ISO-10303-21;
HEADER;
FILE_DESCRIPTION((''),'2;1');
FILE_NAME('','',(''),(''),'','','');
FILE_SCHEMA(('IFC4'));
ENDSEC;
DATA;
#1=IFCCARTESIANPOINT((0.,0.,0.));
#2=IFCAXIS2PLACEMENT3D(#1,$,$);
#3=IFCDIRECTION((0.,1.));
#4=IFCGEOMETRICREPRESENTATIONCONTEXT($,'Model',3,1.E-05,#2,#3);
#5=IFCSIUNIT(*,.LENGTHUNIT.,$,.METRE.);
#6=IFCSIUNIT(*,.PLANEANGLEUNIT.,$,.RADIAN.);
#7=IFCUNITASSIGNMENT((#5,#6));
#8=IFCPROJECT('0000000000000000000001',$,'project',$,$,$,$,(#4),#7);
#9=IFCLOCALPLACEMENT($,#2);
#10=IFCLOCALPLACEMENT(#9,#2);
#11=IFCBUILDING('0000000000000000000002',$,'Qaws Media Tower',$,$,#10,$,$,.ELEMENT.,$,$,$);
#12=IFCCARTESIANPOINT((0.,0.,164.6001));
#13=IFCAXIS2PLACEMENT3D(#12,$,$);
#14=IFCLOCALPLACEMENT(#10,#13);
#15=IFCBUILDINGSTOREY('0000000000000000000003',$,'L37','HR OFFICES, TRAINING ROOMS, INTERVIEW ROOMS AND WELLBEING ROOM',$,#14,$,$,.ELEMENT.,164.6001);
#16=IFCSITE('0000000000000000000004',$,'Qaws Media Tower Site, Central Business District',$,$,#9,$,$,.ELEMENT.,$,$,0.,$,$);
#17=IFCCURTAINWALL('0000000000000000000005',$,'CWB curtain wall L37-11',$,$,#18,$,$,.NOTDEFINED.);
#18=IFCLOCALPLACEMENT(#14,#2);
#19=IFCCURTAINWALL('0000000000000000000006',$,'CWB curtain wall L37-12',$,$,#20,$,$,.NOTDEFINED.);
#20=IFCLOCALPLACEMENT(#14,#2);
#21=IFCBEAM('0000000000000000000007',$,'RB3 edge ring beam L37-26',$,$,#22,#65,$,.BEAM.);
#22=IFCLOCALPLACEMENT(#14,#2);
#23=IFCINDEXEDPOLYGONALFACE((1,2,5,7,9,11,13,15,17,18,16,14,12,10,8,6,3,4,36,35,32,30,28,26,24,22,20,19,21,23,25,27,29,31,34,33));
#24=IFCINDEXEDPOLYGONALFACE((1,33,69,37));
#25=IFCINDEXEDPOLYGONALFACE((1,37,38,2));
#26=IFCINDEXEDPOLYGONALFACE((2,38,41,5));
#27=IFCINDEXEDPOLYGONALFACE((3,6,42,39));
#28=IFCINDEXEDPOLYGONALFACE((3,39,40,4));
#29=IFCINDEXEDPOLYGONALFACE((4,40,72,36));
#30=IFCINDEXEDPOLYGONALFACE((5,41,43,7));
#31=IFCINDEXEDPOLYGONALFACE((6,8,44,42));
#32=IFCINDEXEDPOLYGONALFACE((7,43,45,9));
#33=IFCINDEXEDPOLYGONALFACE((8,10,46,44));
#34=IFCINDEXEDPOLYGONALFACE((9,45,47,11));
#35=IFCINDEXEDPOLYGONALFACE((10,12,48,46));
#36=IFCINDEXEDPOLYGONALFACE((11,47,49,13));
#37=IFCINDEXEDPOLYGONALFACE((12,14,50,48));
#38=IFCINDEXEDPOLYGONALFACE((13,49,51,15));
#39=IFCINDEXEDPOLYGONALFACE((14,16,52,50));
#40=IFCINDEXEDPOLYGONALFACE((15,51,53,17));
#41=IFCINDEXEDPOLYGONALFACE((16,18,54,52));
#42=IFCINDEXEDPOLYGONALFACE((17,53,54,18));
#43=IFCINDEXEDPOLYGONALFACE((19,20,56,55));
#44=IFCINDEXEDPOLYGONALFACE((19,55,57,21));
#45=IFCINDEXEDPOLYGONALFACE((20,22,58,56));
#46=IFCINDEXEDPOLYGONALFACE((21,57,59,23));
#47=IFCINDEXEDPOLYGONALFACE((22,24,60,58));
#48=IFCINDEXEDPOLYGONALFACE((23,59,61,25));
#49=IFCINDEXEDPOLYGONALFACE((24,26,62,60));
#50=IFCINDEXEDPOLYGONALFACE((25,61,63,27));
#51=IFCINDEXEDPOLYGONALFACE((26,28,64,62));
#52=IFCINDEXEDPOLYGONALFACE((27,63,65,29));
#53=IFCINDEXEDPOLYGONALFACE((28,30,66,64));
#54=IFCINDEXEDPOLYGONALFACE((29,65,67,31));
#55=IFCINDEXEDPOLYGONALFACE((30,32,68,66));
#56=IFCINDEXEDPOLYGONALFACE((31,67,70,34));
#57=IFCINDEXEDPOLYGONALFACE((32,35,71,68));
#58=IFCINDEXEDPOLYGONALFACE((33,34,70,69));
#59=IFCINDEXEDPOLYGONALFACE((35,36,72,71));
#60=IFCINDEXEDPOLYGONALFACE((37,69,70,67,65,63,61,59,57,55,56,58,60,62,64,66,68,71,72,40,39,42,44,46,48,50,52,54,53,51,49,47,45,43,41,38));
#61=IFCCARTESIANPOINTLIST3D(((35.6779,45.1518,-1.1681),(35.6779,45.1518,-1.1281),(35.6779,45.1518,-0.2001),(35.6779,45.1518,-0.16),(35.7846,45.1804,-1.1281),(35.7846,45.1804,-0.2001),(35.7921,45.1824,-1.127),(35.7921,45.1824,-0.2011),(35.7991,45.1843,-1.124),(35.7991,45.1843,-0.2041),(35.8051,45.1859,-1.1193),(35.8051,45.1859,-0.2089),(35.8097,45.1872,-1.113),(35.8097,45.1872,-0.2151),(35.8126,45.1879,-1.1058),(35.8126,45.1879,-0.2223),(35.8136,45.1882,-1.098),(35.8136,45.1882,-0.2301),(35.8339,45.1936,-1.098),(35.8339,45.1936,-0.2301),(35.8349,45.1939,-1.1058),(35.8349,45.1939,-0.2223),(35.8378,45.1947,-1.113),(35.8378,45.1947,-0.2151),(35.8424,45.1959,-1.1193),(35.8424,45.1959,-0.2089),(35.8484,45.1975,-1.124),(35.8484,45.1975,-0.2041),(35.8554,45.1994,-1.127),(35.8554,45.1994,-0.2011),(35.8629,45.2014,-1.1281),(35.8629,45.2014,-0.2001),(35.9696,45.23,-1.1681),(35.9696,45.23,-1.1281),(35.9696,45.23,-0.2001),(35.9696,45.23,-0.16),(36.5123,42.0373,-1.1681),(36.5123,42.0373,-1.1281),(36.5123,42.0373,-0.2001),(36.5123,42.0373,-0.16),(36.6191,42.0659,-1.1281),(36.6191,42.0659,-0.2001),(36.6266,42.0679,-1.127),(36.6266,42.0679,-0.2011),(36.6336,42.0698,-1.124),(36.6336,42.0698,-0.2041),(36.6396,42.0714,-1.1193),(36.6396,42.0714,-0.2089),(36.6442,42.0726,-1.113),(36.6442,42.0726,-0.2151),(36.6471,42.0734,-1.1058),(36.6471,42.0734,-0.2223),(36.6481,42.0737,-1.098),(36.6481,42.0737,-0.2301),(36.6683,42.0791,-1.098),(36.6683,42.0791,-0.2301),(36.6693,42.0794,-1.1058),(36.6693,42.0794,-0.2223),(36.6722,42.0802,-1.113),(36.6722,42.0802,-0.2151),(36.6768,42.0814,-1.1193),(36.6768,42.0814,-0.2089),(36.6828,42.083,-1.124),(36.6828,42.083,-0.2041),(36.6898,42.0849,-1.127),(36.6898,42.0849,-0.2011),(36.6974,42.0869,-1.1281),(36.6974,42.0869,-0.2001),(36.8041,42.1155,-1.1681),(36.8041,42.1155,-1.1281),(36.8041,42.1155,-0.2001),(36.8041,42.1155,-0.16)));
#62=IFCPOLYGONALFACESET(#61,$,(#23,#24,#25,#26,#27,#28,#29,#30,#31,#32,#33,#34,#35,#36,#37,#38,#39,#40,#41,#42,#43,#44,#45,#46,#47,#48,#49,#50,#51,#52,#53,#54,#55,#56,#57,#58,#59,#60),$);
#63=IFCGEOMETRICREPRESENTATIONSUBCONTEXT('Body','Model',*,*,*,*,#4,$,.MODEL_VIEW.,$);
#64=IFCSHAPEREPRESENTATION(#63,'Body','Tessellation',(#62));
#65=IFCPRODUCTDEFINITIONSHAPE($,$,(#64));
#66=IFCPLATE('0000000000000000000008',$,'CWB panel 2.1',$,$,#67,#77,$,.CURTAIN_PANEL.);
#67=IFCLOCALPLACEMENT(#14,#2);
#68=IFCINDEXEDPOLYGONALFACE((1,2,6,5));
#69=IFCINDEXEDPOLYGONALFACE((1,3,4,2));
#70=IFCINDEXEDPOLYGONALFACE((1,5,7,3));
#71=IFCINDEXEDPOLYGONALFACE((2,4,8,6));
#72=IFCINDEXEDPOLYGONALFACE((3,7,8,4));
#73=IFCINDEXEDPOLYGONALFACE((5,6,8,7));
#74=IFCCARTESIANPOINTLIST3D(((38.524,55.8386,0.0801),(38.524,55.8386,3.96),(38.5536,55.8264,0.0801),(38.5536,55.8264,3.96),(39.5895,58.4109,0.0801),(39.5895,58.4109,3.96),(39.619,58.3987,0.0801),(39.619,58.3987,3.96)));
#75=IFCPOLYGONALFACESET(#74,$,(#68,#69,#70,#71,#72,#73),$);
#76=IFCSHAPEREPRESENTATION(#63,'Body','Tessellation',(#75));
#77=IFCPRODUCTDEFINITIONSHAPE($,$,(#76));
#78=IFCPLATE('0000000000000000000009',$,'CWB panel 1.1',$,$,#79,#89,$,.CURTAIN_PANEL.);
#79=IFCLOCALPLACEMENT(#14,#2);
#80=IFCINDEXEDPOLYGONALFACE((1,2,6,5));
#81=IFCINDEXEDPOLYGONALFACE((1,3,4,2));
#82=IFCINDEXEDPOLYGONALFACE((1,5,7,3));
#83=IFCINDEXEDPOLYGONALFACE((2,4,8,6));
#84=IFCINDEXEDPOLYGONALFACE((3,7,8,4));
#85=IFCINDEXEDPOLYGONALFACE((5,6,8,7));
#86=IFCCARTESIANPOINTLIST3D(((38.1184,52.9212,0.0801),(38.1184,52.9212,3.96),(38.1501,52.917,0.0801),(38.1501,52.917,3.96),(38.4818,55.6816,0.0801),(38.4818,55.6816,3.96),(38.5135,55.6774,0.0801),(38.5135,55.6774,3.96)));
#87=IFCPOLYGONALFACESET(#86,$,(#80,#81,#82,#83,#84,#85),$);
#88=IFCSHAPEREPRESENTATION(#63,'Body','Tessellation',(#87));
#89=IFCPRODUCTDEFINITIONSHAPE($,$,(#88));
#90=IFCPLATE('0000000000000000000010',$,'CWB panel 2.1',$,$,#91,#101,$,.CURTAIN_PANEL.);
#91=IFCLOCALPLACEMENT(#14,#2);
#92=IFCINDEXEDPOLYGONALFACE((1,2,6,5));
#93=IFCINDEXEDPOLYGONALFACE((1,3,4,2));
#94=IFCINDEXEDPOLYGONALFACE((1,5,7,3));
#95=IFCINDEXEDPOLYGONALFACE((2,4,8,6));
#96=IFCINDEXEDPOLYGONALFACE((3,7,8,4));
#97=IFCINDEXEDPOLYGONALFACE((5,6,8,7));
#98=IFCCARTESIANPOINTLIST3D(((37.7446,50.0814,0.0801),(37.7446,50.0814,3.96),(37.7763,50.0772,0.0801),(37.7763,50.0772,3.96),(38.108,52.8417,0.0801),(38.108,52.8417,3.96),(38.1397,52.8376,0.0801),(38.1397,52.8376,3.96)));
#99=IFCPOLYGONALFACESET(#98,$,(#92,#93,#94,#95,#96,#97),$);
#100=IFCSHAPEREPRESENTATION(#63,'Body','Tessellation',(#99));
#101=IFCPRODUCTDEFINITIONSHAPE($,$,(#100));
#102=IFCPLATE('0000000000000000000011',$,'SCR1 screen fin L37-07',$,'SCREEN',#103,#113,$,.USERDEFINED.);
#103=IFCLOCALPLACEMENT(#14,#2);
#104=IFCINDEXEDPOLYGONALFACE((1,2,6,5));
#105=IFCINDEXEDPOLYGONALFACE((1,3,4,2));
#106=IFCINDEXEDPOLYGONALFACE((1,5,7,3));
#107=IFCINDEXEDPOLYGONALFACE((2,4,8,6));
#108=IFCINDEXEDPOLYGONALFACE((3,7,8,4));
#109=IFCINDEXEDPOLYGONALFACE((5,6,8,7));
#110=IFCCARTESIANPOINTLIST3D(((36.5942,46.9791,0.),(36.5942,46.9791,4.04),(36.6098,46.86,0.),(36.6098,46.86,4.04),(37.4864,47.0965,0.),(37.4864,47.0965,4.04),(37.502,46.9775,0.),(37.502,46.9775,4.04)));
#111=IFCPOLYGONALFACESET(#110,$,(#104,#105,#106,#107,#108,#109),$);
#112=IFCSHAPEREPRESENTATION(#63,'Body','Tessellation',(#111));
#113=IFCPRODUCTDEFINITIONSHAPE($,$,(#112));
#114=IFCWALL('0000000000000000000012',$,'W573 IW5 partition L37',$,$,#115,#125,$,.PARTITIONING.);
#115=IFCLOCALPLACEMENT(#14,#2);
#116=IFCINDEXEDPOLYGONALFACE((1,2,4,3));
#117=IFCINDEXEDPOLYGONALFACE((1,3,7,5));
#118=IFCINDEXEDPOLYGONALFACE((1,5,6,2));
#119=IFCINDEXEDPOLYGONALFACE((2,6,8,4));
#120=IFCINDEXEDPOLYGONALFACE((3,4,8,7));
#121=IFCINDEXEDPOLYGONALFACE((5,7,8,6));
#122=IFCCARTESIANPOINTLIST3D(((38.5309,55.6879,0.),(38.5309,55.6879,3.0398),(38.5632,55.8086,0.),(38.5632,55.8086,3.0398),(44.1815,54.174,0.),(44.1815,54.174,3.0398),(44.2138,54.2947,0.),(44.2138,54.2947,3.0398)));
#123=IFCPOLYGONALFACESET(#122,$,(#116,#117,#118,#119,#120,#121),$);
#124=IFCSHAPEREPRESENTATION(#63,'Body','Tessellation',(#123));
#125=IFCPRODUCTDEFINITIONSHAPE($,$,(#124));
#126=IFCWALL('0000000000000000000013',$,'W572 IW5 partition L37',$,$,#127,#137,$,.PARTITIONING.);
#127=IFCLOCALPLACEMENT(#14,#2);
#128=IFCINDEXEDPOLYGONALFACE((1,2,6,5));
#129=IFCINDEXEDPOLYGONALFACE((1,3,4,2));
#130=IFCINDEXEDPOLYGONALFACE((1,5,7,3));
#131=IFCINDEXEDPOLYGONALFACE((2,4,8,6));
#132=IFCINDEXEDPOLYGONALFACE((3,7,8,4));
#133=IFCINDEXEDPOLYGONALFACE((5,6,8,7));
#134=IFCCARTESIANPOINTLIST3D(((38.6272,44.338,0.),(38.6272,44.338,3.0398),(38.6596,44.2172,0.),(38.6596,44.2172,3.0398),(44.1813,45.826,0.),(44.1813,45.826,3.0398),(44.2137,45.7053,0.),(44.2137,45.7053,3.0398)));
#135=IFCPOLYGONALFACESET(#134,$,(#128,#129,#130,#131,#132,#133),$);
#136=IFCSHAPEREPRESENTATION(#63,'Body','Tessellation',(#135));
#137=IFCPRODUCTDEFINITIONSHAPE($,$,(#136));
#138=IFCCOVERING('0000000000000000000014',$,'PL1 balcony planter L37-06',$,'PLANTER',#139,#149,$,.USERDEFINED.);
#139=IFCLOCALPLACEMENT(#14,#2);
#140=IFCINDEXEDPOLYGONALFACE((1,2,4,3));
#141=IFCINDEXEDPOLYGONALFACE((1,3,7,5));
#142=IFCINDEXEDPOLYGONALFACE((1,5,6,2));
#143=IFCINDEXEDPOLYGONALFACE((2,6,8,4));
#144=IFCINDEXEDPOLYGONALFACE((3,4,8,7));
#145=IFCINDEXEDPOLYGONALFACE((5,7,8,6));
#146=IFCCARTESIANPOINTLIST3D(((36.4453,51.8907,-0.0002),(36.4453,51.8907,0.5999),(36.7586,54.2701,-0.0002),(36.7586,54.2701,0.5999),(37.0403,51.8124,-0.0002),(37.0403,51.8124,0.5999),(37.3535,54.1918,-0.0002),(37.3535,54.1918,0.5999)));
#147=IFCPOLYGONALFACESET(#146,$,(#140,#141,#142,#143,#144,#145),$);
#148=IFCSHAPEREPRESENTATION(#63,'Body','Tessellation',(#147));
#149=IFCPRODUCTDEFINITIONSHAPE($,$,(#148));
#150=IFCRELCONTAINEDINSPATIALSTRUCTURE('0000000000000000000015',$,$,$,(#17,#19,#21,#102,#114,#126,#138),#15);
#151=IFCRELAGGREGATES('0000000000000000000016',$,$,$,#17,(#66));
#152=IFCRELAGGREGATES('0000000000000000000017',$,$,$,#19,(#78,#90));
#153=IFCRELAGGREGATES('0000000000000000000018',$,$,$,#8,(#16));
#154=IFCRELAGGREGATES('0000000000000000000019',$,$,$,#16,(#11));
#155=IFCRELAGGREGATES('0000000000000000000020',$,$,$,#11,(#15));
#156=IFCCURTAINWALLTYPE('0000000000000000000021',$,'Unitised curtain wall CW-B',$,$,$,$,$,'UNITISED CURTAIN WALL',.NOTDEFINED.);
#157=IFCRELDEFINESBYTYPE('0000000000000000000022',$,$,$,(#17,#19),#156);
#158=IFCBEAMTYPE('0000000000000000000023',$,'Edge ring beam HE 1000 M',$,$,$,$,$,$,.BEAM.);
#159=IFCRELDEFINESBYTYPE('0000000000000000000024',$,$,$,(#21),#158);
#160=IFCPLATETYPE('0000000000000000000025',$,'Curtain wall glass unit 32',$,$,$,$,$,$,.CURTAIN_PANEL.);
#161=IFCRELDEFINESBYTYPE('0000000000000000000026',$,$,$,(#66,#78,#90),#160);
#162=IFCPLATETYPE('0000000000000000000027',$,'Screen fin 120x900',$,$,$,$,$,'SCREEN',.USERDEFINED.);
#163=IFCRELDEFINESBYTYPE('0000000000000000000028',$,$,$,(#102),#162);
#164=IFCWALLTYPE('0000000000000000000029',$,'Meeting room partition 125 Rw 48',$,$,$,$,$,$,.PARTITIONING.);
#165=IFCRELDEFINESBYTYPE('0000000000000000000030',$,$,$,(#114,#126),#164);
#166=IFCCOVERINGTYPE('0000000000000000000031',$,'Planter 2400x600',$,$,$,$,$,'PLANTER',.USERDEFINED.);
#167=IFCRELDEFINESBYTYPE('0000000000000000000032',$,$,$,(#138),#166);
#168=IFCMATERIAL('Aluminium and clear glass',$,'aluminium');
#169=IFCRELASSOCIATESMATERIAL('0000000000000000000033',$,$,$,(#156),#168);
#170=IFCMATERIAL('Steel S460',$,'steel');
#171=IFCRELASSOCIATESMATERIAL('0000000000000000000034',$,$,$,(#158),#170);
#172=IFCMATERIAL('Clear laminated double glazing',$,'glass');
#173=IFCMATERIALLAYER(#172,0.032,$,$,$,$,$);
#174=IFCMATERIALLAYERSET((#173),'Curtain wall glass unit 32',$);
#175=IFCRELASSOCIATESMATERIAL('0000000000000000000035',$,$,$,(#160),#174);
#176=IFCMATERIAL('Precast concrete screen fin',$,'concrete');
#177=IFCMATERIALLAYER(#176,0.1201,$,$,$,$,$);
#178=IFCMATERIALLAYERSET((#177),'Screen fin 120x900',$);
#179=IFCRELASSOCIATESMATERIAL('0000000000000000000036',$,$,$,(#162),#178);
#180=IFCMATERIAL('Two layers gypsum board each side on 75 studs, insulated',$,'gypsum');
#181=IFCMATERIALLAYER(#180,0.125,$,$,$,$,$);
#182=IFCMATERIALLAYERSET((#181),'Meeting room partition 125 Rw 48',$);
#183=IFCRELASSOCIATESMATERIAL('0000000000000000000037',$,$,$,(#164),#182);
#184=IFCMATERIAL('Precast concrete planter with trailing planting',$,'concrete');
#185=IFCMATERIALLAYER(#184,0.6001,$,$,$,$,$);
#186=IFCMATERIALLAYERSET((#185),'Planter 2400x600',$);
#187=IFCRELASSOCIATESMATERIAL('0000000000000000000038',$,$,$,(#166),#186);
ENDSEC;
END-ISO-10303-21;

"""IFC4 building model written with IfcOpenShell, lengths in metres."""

from ifc_helpers import new_model, si_unit, direction, frame, frame_2d, origin, origin_2d, place, context, subcontext, project, spatial, rectangle, i_section, extrude, material, layer, layer_set, material_profile, profile_set, type_object, element, aggregate, save


model = new_model("IFC4")

# Units and contexts
model_context = context("Model", 3, precision=1e-05, world=origin(), true_north=direction((0.0, 1.0)))
body_context = subcontext(model_context, "Body", "Model", "MODEL_VIEW")
ifc_project = project(units=[si_unit("LENGTHUNIT", "METRE"), si_unit("PLANEANGLEUNIT", "RADIAN")], contexts=[model_context])

# Site, building, storey
site_placement = place(None, origin())
site = spatial("IfcSite", under=ifc_project, at=site_placement, Name="Qaws Media Tower Site, Central Business District", CompositionType="ELEMENT", RefElevation=0.0)
building_placement = place(site_placement, origin())
building = spatial("IfcBuilding", under=site, at=building_placement, Name="Qaws Media Tower", CompositionType="ELEMENT")
storey_placement = place(building_placement, frame((0.0, 0.0, 164.6001)))
storey = spatial("IfcBuildingStorey", under=building, at=storey_placement, Name="L37", Description="HR OFFICES, TRAINING ROOMS, INTERVIEW ROOMS AND WELLBEING ROOM", CompositionType="ELEMENT", Elevation=164.6001)

# Curtain wall
ifc_material_1 = material(Name="Aluminium and clear glass", Category="aluminium")
curtain_wall_type = type_object("IfcCurtainWallType", Name="Unitised curtain wall CW-B", ElementType="UNITISED CURTAIN WALL", PredefinedType="NOTDEFINED", material=ifc_material_1)
curtain_wall_1_placement = place(storey_placement, origin())
curtain_wall_1 = element("IfcCurtainWall", 1, at=curtain_wall_1_placement, inside=storey, type_object=curtain_wall_type, Name="CWB curtain wall L37-11", PredefinedType="NOTDEFINED")

# Curtain wall
curtain_wall_2_placement = place(storey_placement, origin())
curtain_wall_2 = element("IfcCurtainWall", 2, at=curtain_wall_2_placement, inside=storey, type_object=curtain_wall_type, Name="CWB curtain wall L37-12", PredefinedType="NOTDEFINED")

# Beam
ifc_material_2 = material(Name="Steel S460", Category="steel")
ifc_material_profile_1 = material_profile(ifc_material_2, i_section(OverallWidth=0.302, OverallDepth=1.0081, WebThickness=0.021, FlangeThickness=0.04, FilletRadius=0.03, at=origin_2d()), Name="HE 1000 M")
ifc_profile_set_1 = profile_set([ifc_material_profile_1], Name="Steel S460")
beam_type = type_object("IfcBeamType", Name="Edge ring beam HE 1000 M", PredefinedType="BEAM", material=ifc_profile_set_1)
for number, where, z_axis, x_axis, name in (
    (3, (35.8237, 45.1909, -0.6641), (0.258803, -0.96593, 0.0), (0.96593, 0.258803, 0.0), "RB3 edge ring beam L37-26"),
):
    element("IfcBeam", number, at=place(storey_placement, frame(where, z_axis=z_axis, x_axis=x_axis)), inside=storey, type_object=beam_type, Name=name, PredefinedType="BEAM", context=body_context, shape_type="SweptSolid", body=[
        extrude(i_section(OverallWidth=0.302, OverallDepth=1.0081, WebThickness=0.021, FlangeThickness=0.04, FilletRadius=0.03, at=origin_2d()), origin(), (0.0, 0.0, 1.0), 3.2244),
    ])

# Plates
ifc_material_3 = material(Name="Clear laminated double glazing", Category="glass")
ifc_layer_1 = layer(ifc_material_3, 0.032)
ifc_layer_set_1 = layer_set([ifc_layer_1], Name="Curtain wall glass unit 32")
plate_type_1 = type_object("IfcPlateType", Name="Curtain wall glass unit 32", PredefinedType="CURTAIN_PANEL", material=ifc_layer_set_1)
plate_1_placement = place(storey_placement, frame((39.0715, 57.1187, 0.0801), z_axis=(0.0, 0.0, 1.0), x_axis=(-0.382684, -0.923879, 0.0)))
plate_1 = element("IfcPlate", 4, at=plate_1_placement, type_object=plate_type_1, Name="CWB panel 2.1", PredefinedType="CURTAIN_PANEL", context=body_context, shape_type="SweptSolid", body=[
    extrude(rectangle(XDim=2.7842, YDim=0.032, at=origin_2d()), origin(), (0.0, 0.0, 1.0), 3.8799),
])
aggregate(curtain_wall_1, [plate_1])
plate_2_placement = place(storey_placement, frame((38.3159, 54.2993, 0.0801), z_axis=(0.0, 0.0, 1.0), x_axis=(-0.130526, -0.991445, 0.0)))
plate_2 = element("IfcPlate", 5, at=plate_2_placement, type_object=plate_type_1, Name="CWB panel 1.1", PredefinedType="CURTAIN_PANEL", context=body_context, shape_type="SweptSolid", body=[
    extrude(rectangle(XDim=2.7842, YDim=0.032, at=origin_2d()), origin(), (0.0, 0.0, 1.0), 3.8799),
])
plate_3_placement = place(storey_placement, frame((37.9421, 51.4595, 0.0801), z_axis=(0.0, 0.0, 1.0), x_axis=(-0.130526, -0.991445, 0.0)))
plate_3 = element("IfcPlate", 6, at=plate_3_placement, type_object=plate_type_1, Name="CWB panel 2.1", PredefinedType="CURTAIN_PANEL", context=body_context, shape_type="SweptSolid", body=[
    extrude(rectangle(XDim=2.7842, YDim=0.032, at=origin_2d()), origin(), (0.0, 0.0, 1.0), 3.8799),
])
aggregate(curtain_wall_2, [plate_2, plate_3])
ifc_material_4 = material(Name="Precast concrete screen fin", Category="concrete")
ifc_layer_2 = layer(ifc_material_4, 0.1201)
ifc_layer_set_2 = layer_set([ifc_layer_2], Name="Screen fin 120x900")
plate_type_2 = type_object("IfcPlateType", Name="Screen fin 120x900", ElementType="SCREEN", PredefinedType="USERDEFINED", material=ifc_layer_set_2)
plate_4_placement = place(storey_placement, frame((37.0481, 46.9783, 0.0), z_axis=(0.0, 0.0, 1.0), x_axis=(-0.991445, -0.130526, 0.0)))
element("IfcPlate", 7, at=plate_4_placement, inside=storey, type_object=plate_type_2, Name="SCR1 screen fin L37-07", ObjectType="SCREEN", PredefinedType="USERDEFINED", context=body_context, shape_type="SweptSolid", body=[
    extrude(rectangle(XDim=0.8999, YDim=0.1201, at=origin_2d()), origin(), (0.0, 0.0, 1.0), 4.04),
])

# Walls
ifc_material_5 = material(Name="Two layers gypsum board each side on 75 studs, insulated", Category="gypsum")
ifc_layer_3 = layer(ifc_material_5, 0.125)
ifc_layer_set_3 = layer_set([ifc_layer_3], Name="Meeting room partition 125 Rw 48")
wall_type_1 = type_object("IfcWallType", Name="Meeting room partition 125 Rw 48", PredefinedType="PARTITIONING", material=ifc_layer_set_3)
wall_1_placement = place(storey_placement, frame((44.1975, 54.2344, 0.0), z_axis=(0.0, 0.0, 1.0), x_axis=(-0.965933, 0.258792, 0.0)))
element("IfcWall", 8, at=wall_1_placement, inside=storey, type_object=wall_type_1, Name="W573 IW5 partition L37", PredefinedType="PARTITIONING", context=body_context, shape_type="SweptSolid", body=[
    extrude(rectangle(XDim=5.8499, YDim=0.125, at=frame_2d((2.9248, 0.0))), origin(), (0.0, 0.0, 1.0), 3.0398),
])
wall_2_placement = place(storey_placement, frame((44.1975, 45.7656, 0.0), z_axis=(0.0, 0.0, 1.0), x_axis=(-0.965935, -0.258786, 0.0)))
element("IfcWall", 9, at=wall_2_placement, inside=storey, type_object=wall_type_1, Name="W572 IW5 partition L37", PredefinedType="PARTITIONING", context=body_context, shape_type="SweptSolid", body=[
    extrude(rectangle(XDim=5.75, YDim=0.125, at=frame_2d((2.875, 0.0))), origin(), (0.0, 0.0, 1.0), 3.0398),
])

# Covering
ifc_material_6 = material(Name="Precast concrete planter with trailing planting", Category="concrete")
ifc_layer_4 = layer(ifc_material_6, 0.6001)
ifc_layer_set_4 = layer_set([ifc_layer_4], Name="Planter 2400x600")
covering_type = type_object("IfcCoveringType", Name="Planter 2400x600", ElementType="PLANTER", PredefinedType="USERDEFINED", material=ifc_layer_set_4)
covering_placement = place(storey_placement, frame((36.8994, 53.0413, -0.0002), z_axis=(0.0, 0.0, 1.0), x_axis=(-0.130526, -0.991445, 0.0)))
element("IfcCovering", 10, at=covering_placement, inside=storey, type_object=covering_type, Name="PL1 balcony planter L37-06", ObjectType="PLANTER", PredefinedType="USERDEFINED", context=body_context, shape_type="SweptSolid", body=[
    extrude(rectangle(XDim=2.3999, YDim=0.6001, at=origin_2d()), origin(), (0.0, 0.0, 1.0), 0.6001),
])

save(model, "model.ifc")
